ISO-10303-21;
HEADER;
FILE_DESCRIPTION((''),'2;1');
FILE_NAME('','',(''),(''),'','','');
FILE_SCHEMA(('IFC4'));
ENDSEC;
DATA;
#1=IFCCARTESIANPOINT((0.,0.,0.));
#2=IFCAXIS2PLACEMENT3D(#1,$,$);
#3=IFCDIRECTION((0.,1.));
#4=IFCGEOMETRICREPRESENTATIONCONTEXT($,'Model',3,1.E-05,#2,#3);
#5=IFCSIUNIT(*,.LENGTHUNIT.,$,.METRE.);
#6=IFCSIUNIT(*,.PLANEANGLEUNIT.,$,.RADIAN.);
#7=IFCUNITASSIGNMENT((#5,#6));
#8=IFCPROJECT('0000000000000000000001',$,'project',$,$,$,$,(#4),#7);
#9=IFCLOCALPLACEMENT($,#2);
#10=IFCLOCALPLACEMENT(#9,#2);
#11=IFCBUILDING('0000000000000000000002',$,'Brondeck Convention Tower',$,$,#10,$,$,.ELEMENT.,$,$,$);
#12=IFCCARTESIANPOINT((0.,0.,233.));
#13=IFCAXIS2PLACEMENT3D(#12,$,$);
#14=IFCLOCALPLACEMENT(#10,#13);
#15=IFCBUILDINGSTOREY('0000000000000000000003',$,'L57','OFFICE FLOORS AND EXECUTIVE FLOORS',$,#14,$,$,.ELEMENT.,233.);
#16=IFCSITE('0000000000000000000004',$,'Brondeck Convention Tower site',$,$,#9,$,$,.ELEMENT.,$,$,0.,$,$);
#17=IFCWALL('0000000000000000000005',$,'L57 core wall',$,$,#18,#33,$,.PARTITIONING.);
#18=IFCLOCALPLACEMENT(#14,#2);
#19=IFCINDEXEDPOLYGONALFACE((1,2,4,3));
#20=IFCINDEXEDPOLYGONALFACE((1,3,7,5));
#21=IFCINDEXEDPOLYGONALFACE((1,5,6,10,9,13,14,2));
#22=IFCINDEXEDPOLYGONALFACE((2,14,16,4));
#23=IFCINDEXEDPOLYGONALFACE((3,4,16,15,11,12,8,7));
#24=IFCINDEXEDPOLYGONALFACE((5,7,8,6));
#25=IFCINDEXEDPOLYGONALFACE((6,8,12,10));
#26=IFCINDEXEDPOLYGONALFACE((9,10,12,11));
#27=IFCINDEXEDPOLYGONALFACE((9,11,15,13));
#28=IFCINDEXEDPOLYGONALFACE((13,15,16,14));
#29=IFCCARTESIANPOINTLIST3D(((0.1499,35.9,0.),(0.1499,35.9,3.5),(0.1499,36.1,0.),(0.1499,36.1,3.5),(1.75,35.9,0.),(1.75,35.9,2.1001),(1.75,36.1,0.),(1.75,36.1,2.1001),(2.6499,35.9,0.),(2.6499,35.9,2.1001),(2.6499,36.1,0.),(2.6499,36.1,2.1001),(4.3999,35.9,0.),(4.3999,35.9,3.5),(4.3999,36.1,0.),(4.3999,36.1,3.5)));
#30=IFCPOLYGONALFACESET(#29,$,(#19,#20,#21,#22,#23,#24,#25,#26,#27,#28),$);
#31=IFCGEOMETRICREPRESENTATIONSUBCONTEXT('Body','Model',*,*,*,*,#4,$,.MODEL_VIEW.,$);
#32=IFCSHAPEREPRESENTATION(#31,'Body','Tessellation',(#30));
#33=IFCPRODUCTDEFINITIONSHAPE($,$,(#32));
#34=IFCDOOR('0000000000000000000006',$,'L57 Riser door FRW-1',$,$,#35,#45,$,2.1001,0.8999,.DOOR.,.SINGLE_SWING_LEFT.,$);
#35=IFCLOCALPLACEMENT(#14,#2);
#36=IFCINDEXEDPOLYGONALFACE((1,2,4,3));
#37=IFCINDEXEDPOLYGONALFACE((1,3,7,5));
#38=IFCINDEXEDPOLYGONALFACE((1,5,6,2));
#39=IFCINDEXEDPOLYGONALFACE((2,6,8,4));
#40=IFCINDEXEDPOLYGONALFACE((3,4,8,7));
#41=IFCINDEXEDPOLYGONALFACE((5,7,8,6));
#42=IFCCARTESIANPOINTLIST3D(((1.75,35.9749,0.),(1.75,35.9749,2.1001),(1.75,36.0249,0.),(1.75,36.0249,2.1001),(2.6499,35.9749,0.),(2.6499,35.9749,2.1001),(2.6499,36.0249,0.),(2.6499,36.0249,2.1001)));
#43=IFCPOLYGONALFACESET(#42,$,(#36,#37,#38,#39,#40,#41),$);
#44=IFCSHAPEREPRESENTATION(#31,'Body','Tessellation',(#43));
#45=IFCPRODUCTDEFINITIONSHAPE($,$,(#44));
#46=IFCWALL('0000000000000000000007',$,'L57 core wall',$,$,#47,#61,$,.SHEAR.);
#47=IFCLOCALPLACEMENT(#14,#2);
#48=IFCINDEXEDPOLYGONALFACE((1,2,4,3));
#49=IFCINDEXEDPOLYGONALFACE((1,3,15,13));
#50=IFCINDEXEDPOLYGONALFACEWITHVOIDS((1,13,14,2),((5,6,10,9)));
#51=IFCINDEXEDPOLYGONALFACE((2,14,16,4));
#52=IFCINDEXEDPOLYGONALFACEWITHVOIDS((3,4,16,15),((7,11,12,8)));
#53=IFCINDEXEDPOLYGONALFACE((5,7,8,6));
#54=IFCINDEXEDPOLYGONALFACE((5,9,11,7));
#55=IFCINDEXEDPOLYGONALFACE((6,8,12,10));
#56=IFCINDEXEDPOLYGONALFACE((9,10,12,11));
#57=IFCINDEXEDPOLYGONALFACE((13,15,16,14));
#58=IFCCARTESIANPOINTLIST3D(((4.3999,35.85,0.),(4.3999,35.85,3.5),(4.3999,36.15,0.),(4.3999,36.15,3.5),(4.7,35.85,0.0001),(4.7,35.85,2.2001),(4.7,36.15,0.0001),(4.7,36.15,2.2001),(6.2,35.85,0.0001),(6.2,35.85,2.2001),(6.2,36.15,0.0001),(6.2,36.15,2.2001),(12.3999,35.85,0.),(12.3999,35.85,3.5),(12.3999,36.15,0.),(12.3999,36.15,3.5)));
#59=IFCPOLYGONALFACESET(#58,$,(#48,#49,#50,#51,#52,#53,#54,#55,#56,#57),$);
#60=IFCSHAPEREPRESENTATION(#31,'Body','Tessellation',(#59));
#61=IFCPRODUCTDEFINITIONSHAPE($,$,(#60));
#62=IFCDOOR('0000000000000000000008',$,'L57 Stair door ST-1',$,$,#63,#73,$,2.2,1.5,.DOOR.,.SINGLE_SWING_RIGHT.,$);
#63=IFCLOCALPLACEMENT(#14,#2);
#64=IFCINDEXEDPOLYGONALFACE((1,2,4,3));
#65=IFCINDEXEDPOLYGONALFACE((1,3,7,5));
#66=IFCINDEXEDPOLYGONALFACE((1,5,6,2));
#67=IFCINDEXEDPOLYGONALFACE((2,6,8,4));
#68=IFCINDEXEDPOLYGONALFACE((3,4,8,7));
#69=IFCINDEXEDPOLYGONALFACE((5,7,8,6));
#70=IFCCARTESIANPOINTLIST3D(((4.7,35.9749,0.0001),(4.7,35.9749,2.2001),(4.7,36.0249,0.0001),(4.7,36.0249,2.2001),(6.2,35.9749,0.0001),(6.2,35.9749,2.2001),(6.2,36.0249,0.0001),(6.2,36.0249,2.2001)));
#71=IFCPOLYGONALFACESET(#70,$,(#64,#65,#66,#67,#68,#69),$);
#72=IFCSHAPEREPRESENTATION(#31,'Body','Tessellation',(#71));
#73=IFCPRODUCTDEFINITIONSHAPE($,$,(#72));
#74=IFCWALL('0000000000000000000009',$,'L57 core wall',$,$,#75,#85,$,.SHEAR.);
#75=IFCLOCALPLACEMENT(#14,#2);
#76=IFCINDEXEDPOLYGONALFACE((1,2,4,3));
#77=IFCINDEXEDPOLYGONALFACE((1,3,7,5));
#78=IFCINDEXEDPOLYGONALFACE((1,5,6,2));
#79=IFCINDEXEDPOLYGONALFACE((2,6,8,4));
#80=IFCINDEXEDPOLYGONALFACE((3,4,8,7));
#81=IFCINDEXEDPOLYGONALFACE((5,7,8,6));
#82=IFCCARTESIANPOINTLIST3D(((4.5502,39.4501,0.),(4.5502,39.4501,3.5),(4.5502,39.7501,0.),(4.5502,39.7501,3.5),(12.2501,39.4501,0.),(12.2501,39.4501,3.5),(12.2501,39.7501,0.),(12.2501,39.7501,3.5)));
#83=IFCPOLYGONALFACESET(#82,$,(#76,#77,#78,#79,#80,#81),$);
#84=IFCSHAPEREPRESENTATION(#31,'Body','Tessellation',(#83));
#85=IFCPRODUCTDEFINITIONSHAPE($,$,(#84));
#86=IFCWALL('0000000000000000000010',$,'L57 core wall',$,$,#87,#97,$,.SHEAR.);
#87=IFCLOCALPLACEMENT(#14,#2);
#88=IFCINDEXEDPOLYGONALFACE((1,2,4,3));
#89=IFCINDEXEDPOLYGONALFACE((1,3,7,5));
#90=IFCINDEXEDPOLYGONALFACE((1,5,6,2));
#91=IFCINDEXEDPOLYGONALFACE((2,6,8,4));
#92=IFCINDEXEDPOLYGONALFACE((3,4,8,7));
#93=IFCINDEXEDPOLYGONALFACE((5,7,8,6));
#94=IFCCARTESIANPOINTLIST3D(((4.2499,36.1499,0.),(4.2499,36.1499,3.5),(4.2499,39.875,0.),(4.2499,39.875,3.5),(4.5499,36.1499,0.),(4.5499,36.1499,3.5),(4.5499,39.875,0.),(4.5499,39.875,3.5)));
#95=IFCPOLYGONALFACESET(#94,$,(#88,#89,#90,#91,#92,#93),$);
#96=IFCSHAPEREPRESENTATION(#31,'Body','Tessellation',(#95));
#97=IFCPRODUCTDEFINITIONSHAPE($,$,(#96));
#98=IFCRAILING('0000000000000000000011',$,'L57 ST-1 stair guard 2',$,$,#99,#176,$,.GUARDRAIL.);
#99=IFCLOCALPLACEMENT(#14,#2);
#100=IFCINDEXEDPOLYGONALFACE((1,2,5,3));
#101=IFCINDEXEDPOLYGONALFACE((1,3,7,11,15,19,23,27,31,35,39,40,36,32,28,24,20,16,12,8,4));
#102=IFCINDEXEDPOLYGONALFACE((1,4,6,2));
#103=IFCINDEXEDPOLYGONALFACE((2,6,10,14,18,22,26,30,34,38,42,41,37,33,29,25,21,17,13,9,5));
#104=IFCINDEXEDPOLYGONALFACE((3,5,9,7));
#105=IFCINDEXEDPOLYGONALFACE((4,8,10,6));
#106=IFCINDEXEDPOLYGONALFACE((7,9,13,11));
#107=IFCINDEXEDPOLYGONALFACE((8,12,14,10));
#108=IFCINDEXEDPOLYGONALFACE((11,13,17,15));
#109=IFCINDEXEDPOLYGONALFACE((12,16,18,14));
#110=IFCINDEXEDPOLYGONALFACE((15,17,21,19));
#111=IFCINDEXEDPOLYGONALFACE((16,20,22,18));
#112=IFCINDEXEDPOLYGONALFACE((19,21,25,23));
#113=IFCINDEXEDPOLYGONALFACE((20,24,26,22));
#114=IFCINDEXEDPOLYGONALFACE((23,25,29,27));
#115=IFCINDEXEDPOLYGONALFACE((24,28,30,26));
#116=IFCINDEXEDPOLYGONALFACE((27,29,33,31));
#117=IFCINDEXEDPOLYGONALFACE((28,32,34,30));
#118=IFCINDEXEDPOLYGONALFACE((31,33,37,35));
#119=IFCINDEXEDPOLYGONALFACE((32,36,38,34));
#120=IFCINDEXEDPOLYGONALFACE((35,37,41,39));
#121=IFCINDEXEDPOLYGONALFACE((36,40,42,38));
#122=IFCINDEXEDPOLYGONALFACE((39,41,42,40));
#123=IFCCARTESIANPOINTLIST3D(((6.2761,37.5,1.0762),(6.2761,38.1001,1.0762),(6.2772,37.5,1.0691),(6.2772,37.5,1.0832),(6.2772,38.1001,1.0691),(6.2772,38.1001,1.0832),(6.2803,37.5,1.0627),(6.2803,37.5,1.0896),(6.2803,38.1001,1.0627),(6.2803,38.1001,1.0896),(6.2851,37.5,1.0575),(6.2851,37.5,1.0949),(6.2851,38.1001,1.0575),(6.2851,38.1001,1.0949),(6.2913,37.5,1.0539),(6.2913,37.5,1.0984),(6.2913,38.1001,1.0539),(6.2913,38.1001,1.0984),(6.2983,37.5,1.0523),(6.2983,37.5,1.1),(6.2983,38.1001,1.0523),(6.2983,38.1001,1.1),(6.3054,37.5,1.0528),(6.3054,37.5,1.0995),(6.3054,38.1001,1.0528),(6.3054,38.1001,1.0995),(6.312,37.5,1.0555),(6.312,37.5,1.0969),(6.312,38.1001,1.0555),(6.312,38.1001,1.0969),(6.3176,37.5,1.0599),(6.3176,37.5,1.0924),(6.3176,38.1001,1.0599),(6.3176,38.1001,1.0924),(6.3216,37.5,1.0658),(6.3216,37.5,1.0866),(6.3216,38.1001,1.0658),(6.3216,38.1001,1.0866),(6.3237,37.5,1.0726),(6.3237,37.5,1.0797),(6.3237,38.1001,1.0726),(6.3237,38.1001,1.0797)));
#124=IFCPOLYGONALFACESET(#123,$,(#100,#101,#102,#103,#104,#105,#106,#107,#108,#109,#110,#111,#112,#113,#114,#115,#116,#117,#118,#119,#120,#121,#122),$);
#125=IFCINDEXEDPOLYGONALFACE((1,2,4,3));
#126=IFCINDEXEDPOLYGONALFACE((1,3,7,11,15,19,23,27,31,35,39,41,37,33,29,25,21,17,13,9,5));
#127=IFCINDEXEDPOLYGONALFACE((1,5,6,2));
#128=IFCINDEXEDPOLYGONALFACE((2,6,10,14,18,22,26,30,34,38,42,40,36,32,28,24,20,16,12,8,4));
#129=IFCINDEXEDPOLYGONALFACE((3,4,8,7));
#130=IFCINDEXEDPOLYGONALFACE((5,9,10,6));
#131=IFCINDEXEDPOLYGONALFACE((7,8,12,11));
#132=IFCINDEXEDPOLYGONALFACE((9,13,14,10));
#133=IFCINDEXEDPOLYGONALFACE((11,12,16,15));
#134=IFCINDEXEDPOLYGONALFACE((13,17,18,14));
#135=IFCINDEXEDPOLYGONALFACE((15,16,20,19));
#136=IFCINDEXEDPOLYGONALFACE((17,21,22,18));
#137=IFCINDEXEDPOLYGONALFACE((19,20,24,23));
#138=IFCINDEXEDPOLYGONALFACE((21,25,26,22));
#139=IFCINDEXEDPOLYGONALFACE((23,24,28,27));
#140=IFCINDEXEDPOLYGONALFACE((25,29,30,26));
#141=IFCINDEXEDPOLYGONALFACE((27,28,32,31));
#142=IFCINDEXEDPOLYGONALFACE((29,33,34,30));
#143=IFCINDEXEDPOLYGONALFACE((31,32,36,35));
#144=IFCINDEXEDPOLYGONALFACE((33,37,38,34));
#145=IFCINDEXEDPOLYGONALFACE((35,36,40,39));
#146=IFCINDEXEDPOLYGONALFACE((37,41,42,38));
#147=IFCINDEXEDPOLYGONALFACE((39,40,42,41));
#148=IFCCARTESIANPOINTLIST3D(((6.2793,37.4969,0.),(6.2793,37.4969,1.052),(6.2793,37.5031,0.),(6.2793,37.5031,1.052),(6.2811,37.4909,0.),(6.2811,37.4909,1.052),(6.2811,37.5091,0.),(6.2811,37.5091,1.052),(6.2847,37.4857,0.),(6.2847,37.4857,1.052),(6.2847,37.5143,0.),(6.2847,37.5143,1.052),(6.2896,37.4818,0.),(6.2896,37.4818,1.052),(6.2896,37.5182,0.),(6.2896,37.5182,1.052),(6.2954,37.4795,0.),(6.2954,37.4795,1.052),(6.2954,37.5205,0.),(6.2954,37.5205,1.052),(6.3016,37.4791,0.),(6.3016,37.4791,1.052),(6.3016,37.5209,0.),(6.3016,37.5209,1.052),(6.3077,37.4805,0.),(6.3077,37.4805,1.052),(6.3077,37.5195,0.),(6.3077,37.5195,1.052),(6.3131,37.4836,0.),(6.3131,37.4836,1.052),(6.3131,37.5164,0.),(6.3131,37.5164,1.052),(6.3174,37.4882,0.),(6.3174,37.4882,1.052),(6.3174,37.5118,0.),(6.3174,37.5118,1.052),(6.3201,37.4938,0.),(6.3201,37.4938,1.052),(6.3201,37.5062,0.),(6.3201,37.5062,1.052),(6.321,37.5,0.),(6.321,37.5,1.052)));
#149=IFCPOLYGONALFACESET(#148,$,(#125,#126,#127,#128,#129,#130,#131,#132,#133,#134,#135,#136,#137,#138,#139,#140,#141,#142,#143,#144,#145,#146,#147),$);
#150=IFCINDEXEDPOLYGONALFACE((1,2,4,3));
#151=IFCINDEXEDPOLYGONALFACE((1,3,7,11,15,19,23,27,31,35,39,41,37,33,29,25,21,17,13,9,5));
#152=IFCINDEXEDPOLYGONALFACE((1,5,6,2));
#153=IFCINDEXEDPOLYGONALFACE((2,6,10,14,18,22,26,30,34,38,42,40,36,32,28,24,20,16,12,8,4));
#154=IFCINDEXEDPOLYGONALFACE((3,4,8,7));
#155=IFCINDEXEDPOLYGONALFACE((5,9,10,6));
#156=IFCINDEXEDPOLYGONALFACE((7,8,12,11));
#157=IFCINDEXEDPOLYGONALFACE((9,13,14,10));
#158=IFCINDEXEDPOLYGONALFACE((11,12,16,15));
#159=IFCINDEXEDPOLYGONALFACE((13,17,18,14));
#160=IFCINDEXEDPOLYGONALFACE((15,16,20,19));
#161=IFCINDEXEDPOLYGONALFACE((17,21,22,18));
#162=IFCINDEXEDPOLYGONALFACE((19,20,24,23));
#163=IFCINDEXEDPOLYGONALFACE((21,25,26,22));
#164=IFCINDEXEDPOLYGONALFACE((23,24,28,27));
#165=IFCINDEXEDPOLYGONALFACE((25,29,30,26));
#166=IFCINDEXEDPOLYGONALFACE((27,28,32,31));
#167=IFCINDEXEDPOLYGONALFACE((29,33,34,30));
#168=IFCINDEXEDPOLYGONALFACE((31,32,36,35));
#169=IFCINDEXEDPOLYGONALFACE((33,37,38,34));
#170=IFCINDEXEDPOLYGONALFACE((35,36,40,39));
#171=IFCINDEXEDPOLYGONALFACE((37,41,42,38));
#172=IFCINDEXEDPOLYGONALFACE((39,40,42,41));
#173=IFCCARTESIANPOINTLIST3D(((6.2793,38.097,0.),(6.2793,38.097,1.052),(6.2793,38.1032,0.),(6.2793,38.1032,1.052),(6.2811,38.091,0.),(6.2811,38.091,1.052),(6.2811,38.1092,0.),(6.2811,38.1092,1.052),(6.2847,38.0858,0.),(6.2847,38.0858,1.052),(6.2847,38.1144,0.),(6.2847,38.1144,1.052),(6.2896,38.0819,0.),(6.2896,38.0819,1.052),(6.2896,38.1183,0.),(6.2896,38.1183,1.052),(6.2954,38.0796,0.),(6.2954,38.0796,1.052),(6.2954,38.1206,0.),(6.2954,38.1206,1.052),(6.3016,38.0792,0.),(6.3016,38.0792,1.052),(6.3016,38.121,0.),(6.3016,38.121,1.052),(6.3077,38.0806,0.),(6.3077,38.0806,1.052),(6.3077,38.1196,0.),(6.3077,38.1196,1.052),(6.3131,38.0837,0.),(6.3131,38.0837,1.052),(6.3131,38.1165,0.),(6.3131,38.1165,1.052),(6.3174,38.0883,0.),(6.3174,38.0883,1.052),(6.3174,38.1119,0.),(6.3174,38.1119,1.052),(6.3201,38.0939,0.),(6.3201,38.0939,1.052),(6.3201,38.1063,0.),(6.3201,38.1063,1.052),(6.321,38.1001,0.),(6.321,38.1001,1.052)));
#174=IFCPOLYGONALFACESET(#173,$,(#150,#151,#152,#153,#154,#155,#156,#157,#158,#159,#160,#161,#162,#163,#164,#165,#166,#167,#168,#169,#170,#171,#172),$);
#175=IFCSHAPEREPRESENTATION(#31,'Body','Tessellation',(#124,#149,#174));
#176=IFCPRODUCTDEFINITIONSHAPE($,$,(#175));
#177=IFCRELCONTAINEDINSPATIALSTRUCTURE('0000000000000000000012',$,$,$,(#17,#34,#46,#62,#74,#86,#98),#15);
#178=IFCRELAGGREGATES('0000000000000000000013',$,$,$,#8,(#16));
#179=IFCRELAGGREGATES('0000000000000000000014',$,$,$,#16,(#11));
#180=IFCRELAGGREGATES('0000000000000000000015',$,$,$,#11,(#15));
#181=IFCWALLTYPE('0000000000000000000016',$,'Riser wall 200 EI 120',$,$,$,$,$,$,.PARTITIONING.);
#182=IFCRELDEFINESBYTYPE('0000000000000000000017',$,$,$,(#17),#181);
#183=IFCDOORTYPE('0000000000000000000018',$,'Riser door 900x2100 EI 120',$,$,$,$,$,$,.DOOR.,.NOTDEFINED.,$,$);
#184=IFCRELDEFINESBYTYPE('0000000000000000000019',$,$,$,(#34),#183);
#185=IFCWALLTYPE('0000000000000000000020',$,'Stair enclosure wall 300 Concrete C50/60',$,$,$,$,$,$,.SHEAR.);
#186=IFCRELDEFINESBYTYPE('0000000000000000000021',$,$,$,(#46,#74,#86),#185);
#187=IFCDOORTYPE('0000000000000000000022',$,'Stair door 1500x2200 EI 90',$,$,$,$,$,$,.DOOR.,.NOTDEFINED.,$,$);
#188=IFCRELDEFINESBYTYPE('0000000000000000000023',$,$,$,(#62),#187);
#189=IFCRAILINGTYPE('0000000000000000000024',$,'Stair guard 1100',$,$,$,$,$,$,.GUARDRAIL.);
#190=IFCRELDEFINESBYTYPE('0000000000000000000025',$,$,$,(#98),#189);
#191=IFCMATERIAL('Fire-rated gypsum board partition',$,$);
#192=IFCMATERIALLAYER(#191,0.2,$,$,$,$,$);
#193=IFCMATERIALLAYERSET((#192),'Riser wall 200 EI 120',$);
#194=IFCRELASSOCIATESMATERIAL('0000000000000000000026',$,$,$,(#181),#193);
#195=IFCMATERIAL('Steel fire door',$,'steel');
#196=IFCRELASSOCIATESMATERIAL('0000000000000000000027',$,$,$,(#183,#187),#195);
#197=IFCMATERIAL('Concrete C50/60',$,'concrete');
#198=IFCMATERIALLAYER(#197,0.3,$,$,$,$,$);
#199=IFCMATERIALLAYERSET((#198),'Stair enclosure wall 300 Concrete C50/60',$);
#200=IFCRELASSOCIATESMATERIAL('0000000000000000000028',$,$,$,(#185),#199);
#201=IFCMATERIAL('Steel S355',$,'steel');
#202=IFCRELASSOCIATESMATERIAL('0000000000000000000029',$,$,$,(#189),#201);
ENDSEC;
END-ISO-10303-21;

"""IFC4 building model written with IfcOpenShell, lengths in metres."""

from ifc_helpers import new_model, si_unit, direction, frame, frame_2d, origin, origin_2d, place, context, subcontext, project, spatial, rectangle, circle, extrude, material, layer, layer_set, type_object, element, fill, save


model = new_model("IFC4")

# Units and contexts
model_context = context("Model", 3, precision=1e-05, world=origin(), true_north=direction((0.0, 1.0)))
body_context = subcontext(model_context, "Body", "Model", "MODEL_VIEW")
ifc_project = project(units=[si_unit("LENGTHUNIT", "METRE"), si_unit("PLANEANGLEUNIT", "RADIAN")], contexts=[model_context])

# Site, building, storey
site_placement = place(None, origin())
site = spatial("IfcSite", under=ifc_project, at=site_placement, Name="Brondeck Convention Tower site", CompositionType="ELEMENT", RefElevation=0.0)
building_placement = place(site_placement, origin())
building = spatial("IfcBuilding", under=site, at=building_placement, Name="Brondeck Convention Tower", CompositionType="ELEMENT")
storey_placement = place(building_placement, frame((0.0, 0.0, 233.0)))
storey = spatial("IfcBuildingStorey", under=building, at=storey_placement, Name="L57", Description="OFFICE FLOORS AND EXECUTIVE FLOORS", CompositionType="ELEMENT", Elevation=233.0)

# Shared definitions
ifc_material_1 = material(Name="Concrete C50/60", Category="concrete")

# Shared definitions
ifc_material_2 = material(Name="Steel S355", Category="steel")

# Walls, openings, doors
ifc_material_3 = material(Name="Fire-rated gypsum board partition")
ifc_layer_1 = layer(ifc_material_3, 0.2)
ifc_layer_set_1 = layer_set([ifc_layer_1], Name="Riser wall 200 EI 120")
wall_type_1 = type_object("IfcWallType", Name="Riser wall 200 EI 120", PredefinedType="PARTITIONING", material=ifc_layer_set_1)
wall_1_placement = place(storey_placement, frame((0.1499, 36.0, 0.0), z_axis=(0.0, 0.0, 1.0), x_axis=(1.0, 0.0, 0.0)))
wall_1 = element("IfcWall", 1, at=wall_1_placement, inside=storey, type_object=wall_type_1, Name="L57 core wall", PredefinedType="PARTITIONING", context=body_context, shape_type="SweptSolid", body=[
    extrude(rectangle(XDim=4.25, YDim=0.2, at=frame_2d((2.125, 0.0))), origin(), (0.0, 0.0, 1.0), 3.5),
])
opening_1_placement = place(wall_1_placement, frame((1.6001, 0.0, 0.0)))
opening_1 = element("IfcOpeningElement", 2, at=opening_1_placement, cuts=wall_1, PredefinedType="OPENING", context=body_context, shape_type="SweptSolid", body=[
    extrude(rectangle(XDim=0.8999, YDim=2.1001, at=frame_2d((0.45, 1.05))), frame((0.0, 0.1099, 0.0), z_axis=(0.0, -1.0, 0.0), x_axis=(1.0, 0.0, 0.0)), (0.0, 0.0, 1.0), 0.22),
])
ifc_material_4 = material(Name="Steel fire door", Category="steel")
door_type_1 = type_object("IfcDoorType", Name="Riser door 900x2100 EI 120", OperationType="NOTDEFINED", PredefinedType="DOOR", material=ifc_material_4)
door_1_placement = place(opening_1_placement, origin())
door_1 = element("IfcDoor", 3, at=door_1_placement, inside=storey, type_object=door_type_1, Name="L57 Riser door FRW-1", OperationType="SINGLE_SWING_LEFT", OverallHeight=2.1001, OverallWidth=0.8999, PredefinedType="DOOR", context=body_context, shape_type="SweptSolid", body=[
    extrude(rectangle(XDim=0.8999, YDim=2.1001, at=frame_2d((0.45, 1.05))), frame((0.0, 0.0249, 0.0), z_axis=(0.0, -1.0, 0.0), x_axis=(1.0, 0.0, 0.0)), (0.0, 0.0, 1.0), 0.05),
])
fill(opening_1, door_1)
ifc_layer_2 = layer(ifc_material_1, 0.3)
ifc_layer_set_2 = layer_set([ifc_layer_2], Name="Stair enclosure wall 300 Concrete C50/60")
wall_type_2 = type_object("IfcWallType", Name="Stair enclosure wall 300 Concrete C50/60", PredefinedType="SHEAR", material=ifc_layer_set_2)
wall_2_placement = place(storey_placement, frame((4.3999, 36.0, 0.0), z_axis=(0.0, 0.0, 1.0), x_axis=(1.0, 0.0, 0.0)))
wall_2 = element("IfcWall", 4, at=wall_2_placement, inside=storey, type_object=wall_type_2, Name="L57 core wall", PredefinedType="SHEAR", context=body_context, shape_type="SweptSolid", body=[
    extrude(rectangle(XDim=8.0, YDim=0.3, at=frame_2d((4.0, 0.0))), origin(), (0.0, 0.0, 1.0), 3.5),
])
opening_2_placement = place(wall_2_placement, frame((0.3, 0.0, 0.0)))
opening_2 = element("IfcOpeningElement", 5, at=opening_2_placement, cuts=wall_2, PredefinedType="OPENING", context=body_context, shape_type="SweptSolid", body=[
    extrude(rectangle(XDim=1.5, YDim=2.2, at=frame_2d((0.75, 1.1001))), frame((0.0, 0.1599, 0.0), z_axis=(0.0, -1.0, 0.0), x_axis=(1.0, 0.0, 0.0)), (0.0, 0.0, 1.0), 0.3201),
])
door_type_2 = type_object("IfcDoorType", Name="Stair door 1500x2200 EI 90", OperationType="NOTDEFINED", PredefinedType="DOOR", material=ifc_material_4)
door_2_placement = place(opening_2_placement, origin())
door_2 = element("IfcDoor", 6, at=door_2_placement, inside=storey, type_object=door_type_2, Name="L57 Stair door ST-1", OperationType="SINGLE_SWING_RIGHT", OverallHeight=2.2, OverallWidth=1.5, PredefinedType="DOOR", context=body_context, shape_type="SweptSolid", body=[
    extrude(rectangle(XDim=1.5, YDim=2.2, at=frame_2d((0.75, 1.1001))), frame((0.0, 0.0249, 0.0), z_axis=(0.0, -1.0, 0.0), x_axis=(1.0, 0.0, 0.0)), (0.0, 0.0, 1.0), 0.05),
])
fill(opening_2, door_2)

# Walls
wall_3_placement = place(storey_placement, frame((4.55, 39.6001, 0.0), z_axis=(0.0, 0.0, 1.0), x_axis=(1.0, 0.0, 0.0)))
element("IfcWall", 7, at=wall_3_placement, inside=storey, type_object=wall_type_2, Name="L57 core wall", PredefinedType="SHEAR", context=body_context, shape_type="SweptSolid", body=[
    extrude(rectangle(XDim=7.7, YDim=0.3, at=frame_2d((3.8501, 0.0))), origin(), (0.0, 0.0, 1.0), 3.5),
])
wall_4_placement = place(storey_placement, frame((4.3999, 36.1499, 0.0), z_axis=(0.0, 0.0, 1.0), x_axis=(0.0, 1.0, 0.0)))
element("IfcWall", 8, at=wall_4_placement, inside=storey, type_object=wall_type_2, Name="L57 core wall", PredefinedType="SHEAR", context=body_context, shape_type="SweptSolid", body=[
    extrude(rectangle(XDim=3.7251, YDim=0.3, at=frame_2d((1.8625, 0.0))), origin(), (0.0, 0.0, 1.0), 3.5),
])

# Railing
railing_type_1 = type_object("IfcRailingType", Name="Stair guard 1100", PredefinedType="GUARDRAIL", material=ifc_material_2)
railing_1_placement = place(storey_placement, frame((6.3, 37.5, 0.0)))
element("IfcRailing", 9, at=railing_1_placement, inside=storey, type_object=railing_type_1, Name="L57 ST-1 stair guard 2", PredefinedType="GUARDRAIL", context=body_context, shape_type="SweptSolid", body=[
    extrude(circle(Radius=0.0239, at=origin_2d()), frame((0.0, 0.0, 1.0762), z_axis=(0.0, 1.0, 0.0), x_axis=(-1.0, 0.0, 0.0)), (0.0, 0.0, 1.0), 0.6001),
    extrude(circle(Radius=0.021, at=origin_2d()), origin(), (0.0, 0.0, 1.0), 1.052),
    extrude(circle(Radius=0.021, at=origin_2d()), frame((0.0, 0.6001, 0.0)), (0.0, 0.0, 1.0), 1.052),
])

save(model, "model.ifc")
